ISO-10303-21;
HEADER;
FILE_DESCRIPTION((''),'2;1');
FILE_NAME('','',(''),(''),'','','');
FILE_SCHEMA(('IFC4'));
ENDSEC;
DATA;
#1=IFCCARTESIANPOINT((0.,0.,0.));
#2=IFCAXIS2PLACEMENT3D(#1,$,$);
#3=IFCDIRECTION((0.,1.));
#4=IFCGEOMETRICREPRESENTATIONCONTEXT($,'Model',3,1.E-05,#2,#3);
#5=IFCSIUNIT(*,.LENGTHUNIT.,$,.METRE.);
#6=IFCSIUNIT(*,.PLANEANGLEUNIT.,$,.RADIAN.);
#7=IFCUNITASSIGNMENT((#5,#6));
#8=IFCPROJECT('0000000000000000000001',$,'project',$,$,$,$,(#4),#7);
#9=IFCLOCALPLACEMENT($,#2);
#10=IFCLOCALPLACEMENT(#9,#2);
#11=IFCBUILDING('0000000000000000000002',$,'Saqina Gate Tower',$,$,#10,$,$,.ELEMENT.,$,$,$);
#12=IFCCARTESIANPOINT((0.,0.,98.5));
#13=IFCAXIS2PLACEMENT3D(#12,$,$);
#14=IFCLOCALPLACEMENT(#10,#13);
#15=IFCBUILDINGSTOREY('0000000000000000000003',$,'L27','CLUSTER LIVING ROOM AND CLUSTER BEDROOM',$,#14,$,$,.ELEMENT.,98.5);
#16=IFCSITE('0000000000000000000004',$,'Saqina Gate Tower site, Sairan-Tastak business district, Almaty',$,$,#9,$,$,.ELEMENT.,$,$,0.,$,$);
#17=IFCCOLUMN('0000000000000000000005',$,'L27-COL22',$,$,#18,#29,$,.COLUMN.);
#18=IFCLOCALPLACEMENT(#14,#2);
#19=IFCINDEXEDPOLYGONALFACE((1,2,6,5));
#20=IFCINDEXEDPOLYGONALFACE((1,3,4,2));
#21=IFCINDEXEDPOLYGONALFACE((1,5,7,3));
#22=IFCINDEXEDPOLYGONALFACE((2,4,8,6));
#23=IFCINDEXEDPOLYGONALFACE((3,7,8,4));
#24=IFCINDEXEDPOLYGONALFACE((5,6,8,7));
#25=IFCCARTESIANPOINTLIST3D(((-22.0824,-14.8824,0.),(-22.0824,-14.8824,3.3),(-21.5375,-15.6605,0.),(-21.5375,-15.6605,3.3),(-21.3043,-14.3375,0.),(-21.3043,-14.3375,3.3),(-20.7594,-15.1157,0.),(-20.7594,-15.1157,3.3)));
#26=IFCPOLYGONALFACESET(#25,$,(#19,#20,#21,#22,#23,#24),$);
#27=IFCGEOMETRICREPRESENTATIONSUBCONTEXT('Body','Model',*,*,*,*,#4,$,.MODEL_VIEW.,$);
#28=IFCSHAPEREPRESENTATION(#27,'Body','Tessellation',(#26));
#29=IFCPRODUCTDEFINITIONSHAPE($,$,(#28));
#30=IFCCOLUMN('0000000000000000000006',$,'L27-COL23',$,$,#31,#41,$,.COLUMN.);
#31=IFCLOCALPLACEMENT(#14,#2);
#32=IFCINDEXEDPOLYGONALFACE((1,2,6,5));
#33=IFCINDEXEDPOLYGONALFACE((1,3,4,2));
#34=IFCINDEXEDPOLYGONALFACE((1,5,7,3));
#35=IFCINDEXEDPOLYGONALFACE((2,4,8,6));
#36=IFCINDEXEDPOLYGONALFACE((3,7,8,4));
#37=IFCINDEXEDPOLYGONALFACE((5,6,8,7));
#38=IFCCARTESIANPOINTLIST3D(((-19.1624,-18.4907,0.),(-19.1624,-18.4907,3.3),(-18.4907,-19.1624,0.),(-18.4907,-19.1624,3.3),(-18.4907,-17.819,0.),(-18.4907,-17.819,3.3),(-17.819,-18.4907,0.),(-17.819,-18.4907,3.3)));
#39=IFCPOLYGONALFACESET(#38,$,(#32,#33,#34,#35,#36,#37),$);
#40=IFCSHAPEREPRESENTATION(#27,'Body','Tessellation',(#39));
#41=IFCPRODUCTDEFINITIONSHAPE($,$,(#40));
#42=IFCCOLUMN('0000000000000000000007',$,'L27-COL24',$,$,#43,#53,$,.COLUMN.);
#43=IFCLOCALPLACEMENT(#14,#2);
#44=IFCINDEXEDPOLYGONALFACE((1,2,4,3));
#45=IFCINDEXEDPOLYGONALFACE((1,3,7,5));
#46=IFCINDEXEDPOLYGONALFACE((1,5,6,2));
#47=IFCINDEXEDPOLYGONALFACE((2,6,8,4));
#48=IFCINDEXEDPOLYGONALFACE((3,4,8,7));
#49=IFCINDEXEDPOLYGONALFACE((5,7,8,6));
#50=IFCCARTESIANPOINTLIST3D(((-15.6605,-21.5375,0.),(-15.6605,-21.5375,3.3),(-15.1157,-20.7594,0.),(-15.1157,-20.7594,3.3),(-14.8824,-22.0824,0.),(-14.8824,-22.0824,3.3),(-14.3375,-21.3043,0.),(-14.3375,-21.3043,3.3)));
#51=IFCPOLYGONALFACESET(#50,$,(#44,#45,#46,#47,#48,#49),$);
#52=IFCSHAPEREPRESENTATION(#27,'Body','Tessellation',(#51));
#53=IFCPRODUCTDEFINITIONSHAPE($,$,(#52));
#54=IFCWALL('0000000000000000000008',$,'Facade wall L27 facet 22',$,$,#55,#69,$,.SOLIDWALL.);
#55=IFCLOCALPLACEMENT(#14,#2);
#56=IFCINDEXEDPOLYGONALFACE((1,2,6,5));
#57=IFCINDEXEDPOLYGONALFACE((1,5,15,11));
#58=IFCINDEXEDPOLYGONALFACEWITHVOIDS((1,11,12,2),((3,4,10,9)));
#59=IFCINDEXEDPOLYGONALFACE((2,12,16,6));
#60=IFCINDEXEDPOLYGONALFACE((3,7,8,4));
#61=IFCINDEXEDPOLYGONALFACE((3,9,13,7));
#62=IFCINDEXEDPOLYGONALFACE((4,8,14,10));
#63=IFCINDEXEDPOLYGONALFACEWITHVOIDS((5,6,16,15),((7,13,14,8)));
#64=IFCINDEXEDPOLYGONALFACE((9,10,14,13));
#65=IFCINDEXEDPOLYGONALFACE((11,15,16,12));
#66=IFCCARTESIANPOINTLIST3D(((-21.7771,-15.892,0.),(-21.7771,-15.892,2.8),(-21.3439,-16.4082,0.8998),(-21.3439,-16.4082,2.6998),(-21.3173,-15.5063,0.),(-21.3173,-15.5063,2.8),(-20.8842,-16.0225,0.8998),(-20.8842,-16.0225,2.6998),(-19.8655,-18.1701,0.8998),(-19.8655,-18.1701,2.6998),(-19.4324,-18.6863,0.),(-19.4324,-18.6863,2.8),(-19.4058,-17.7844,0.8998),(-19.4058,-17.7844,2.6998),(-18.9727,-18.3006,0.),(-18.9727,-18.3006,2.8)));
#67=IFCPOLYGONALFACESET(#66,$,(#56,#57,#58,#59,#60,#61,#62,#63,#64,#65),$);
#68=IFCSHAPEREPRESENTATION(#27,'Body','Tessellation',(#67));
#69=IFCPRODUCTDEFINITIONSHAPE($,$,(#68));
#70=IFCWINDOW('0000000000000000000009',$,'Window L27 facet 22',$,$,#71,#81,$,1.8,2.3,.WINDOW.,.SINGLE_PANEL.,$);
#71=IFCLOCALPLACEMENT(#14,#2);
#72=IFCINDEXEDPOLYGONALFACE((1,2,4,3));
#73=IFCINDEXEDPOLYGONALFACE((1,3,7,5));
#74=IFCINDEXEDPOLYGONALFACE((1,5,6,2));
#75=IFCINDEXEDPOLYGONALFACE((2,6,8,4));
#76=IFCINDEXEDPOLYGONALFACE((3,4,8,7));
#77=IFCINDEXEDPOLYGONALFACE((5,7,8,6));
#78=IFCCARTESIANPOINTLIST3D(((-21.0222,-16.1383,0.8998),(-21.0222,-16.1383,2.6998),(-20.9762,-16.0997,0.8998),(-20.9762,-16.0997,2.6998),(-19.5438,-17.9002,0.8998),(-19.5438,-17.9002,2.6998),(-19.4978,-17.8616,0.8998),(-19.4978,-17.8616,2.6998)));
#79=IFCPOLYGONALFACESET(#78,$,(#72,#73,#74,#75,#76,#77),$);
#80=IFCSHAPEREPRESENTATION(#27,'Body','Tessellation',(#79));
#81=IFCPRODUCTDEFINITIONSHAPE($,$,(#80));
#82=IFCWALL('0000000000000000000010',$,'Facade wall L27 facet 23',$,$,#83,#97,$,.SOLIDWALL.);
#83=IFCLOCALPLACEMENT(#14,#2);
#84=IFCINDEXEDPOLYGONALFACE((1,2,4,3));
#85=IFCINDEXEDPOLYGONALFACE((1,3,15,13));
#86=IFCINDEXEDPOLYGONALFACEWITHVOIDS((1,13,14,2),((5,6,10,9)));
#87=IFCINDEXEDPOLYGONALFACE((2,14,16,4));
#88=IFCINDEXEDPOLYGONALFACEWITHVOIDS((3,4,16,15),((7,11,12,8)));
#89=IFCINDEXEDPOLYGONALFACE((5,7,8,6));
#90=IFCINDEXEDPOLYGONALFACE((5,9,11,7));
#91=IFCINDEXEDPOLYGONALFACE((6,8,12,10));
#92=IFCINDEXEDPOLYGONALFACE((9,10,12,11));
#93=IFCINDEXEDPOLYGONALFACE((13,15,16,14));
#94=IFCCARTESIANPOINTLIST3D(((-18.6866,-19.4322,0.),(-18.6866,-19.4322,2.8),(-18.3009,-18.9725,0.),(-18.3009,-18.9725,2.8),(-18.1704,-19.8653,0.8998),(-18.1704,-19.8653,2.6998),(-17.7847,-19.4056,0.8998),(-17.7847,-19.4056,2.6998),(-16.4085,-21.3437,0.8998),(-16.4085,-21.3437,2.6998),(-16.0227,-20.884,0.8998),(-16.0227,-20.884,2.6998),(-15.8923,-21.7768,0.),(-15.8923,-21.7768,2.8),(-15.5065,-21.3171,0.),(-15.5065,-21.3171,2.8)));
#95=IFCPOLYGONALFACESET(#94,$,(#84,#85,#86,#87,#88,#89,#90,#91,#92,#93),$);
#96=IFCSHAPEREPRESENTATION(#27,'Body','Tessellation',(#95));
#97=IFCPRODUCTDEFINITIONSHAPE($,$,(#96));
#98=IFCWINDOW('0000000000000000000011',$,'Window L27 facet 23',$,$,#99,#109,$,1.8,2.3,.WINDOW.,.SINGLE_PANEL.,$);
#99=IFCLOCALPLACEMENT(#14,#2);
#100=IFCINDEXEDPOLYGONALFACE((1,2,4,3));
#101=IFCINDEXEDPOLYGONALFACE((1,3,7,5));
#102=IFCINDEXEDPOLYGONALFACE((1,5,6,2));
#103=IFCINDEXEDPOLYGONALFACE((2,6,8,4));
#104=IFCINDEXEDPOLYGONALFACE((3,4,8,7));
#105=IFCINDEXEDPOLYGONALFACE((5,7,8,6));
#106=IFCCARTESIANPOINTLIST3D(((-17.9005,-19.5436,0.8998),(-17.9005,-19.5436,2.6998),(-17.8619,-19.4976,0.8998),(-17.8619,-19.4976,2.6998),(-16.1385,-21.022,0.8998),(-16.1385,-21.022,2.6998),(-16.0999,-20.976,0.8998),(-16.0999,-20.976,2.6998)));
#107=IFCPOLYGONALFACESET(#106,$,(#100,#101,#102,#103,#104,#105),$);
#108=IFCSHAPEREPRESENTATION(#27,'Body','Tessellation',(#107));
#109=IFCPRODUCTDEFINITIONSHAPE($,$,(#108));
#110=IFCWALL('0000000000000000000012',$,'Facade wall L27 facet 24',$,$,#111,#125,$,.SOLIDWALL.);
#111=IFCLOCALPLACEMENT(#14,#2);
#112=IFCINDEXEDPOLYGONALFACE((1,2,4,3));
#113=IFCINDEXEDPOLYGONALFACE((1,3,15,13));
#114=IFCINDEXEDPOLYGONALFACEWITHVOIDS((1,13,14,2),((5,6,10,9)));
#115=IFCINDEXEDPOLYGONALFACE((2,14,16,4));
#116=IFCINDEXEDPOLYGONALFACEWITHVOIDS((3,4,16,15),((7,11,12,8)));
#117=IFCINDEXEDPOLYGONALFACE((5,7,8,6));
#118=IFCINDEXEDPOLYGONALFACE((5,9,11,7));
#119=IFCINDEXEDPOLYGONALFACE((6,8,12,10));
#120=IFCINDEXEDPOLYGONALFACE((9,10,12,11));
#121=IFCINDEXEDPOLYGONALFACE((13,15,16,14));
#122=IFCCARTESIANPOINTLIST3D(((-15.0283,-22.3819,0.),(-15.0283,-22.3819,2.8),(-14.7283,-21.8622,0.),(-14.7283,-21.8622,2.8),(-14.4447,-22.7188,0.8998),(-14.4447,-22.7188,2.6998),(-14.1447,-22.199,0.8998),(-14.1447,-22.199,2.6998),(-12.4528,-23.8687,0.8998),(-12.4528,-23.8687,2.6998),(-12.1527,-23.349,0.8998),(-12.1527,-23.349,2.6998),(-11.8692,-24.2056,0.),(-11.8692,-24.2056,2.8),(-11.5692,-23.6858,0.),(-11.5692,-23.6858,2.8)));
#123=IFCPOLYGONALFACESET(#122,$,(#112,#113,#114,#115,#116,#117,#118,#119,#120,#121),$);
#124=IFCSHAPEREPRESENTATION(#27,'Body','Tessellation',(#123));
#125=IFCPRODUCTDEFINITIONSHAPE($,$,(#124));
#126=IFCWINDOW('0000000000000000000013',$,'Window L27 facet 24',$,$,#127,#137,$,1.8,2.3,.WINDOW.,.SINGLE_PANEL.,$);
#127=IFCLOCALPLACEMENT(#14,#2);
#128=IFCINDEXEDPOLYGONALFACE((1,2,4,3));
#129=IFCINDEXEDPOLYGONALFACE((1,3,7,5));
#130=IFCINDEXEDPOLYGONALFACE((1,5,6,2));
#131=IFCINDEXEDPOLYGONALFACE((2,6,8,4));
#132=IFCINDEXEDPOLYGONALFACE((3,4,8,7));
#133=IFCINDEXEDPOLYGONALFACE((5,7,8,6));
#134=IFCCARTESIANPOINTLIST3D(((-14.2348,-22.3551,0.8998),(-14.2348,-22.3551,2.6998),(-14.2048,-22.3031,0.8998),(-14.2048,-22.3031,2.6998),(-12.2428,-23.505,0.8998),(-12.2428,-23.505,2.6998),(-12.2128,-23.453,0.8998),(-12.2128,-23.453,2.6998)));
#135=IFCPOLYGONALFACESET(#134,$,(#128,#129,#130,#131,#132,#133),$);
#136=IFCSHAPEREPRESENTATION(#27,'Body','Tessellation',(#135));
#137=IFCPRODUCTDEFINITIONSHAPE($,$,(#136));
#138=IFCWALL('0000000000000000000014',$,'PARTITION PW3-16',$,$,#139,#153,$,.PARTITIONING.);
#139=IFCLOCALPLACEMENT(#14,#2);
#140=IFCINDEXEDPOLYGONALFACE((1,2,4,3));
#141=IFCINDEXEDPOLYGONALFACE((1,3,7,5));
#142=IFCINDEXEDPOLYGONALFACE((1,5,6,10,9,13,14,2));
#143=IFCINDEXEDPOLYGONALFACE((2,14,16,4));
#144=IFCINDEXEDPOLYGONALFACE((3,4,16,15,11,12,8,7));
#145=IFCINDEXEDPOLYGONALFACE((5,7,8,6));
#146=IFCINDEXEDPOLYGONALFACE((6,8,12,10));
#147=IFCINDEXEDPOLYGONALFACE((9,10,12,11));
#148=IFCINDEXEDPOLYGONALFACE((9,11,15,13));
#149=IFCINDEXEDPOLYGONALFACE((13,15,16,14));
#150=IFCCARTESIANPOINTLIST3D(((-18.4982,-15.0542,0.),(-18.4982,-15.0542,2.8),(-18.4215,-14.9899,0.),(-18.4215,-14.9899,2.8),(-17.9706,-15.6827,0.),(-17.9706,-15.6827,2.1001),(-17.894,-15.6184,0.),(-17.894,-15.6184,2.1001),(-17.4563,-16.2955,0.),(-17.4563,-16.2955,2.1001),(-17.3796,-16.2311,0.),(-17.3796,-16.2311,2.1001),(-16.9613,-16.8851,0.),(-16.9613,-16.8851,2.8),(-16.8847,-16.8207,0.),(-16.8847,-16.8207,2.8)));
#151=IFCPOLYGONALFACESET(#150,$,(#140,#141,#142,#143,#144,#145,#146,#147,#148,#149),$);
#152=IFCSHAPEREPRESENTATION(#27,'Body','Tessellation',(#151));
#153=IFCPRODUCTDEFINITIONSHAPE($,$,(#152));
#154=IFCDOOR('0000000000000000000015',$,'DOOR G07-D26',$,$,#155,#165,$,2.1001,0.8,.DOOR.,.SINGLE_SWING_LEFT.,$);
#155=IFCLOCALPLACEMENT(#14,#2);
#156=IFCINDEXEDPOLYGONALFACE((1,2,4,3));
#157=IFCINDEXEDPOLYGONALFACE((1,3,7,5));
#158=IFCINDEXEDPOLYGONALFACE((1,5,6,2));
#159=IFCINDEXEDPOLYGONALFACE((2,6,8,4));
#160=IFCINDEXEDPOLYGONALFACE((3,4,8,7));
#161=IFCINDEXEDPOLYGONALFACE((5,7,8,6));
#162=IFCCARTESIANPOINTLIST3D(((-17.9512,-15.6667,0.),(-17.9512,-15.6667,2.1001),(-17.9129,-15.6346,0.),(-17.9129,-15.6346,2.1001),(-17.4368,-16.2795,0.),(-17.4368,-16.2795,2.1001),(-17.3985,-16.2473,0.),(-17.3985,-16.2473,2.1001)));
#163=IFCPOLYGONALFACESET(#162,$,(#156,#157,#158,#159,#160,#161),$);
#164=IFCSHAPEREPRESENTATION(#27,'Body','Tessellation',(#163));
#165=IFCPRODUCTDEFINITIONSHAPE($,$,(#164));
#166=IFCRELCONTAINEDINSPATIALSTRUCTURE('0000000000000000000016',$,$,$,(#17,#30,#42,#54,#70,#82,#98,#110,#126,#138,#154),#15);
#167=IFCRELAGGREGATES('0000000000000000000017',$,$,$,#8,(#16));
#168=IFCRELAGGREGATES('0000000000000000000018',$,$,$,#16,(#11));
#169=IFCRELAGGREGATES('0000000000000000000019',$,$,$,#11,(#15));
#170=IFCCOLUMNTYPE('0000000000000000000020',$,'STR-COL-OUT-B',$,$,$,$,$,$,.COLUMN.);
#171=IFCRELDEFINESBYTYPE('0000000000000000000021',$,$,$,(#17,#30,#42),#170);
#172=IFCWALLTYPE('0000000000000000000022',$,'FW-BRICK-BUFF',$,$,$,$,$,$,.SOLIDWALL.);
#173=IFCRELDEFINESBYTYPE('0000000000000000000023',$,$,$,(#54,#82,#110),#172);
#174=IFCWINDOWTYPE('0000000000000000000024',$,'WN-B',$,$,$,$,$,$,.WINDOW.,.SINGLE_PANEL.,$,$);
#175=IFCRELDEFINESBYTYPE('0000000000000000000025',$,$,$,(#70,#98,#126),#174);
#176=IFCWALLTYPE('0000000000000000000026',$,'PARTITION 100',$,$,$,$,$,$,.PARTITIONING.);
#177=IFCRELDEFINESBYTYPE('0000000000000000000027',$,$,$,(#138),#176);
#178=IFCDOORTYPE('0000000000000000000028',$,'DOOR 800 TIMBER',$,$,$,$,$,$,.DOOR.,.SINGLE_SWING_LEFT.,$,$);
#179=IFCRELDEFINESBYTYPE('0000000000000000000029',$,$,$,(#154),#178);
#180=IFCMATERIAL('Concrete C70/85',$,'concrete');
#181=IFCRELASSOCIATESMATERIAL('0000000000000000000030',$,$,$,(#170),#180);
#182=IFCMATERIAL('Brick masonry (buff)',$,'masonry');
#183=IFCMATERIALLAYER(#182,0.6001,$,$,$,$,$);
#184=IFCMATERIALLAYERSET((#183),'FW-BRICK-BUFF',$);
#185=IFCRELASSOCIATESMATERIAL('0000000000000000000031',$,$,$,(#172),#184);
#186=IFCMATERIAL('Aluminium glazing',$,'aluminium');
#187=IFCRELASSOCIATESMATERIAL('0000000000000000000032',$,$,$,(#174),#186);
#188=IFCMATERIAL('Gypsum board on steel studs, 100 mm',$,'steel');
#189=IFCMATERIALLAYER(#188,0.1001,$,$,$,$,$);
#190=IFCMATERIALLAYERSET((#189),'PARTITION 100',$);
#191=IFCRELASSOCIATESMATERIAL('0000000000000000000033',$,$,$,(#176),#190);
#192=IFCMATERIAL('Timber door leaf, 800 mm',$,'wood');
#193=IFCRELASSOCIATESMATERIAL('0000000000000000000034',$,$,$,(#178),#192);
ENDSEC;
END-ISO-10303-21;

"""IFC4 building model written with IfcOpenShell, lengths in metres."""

from ifc_helpers import new_model, si_unit, direction, frame, frame_2d, origin, origin_2d, place, context, subcontext, project, spatial, rectangle, extrude, material, layer, layer_set, material_profile, profile_set, type_object, element, fill, save


model = new_model("IFC4")

# Units and contexts
model_context = context("Model", 3, precision=1e-05, world=origin(), true_north=direction((0.0, 1.0)))
body_context = subcontext(model_context, "Body", "Model", "MODEL_VIEW")
ifc_project = project(units=[si_unit("LENGTHUNIT", "METRE"), si_unit("PLANEANGLEUNIT", "RADIAN")], contexts=[model_context])

# Site, building, storey
site_placement = place(None, origin())
site = spatial("IfcSite", under=ifc_project, at=site_placement, Name="Saqina Gate Tower site, Sairan-Tastak business district, Almaty", CompositionType="ELEMENT", RefElevation=0.0)
building_placement = place(site_placement, origin())
building = spatial("IfcBuilding", under=site, at=building_placement, Name="Saqina Gate Tower", CompositionType="ELEMENT")
storey_placement = place(building_placement, frame((0.0, 0.0, 98.5)))
storey = spatial("IfcBuildingStorey", under=building, at=storey_placement, Name="L27", Description="CLUSTER LIVING ROOM AND CLUSTER BEDROOM", CompositionType="ELEMENT", Elevation=98.5)

# Columns
ifc_material_1 = material(Name="Concrete C70/85", Category="concrete")
ifc_material_profile = material_profile(ifc_material_1, rectangle(XDim=0.95, YDim=0.95, at=origin_2d()), Name="RC 950x950")
ifc_profile_set = profile_set([ifc_material_profile], Name="Concrete C70/85")
column_type = type_object("IfcColumnType", Name="STR-COL-OUT-B", PredefinedType="COLUMN", material=ifc_profile_set)
for number, where, z_axis, x_axis, name in (
    (1, (-21.4209, -14.999, 0.0), (0.0, 0.0, 1.0), (-0.819152, -0.573576, 0.0), "L27-COL22"),
    (2, (-18.4907, -18.4907, 0.0), (0.0, 0.0, 1.0), (-0.707107, -0.707107, 0.0), "L27-COL23"),
    (3, (-14.999, -21.4209, 0.0), (0.0, 0.0, 1.0), (-0.573576, -0.819152, 0.0), "L27-COL24"),
):
    element("IfcColumn", number, at=place(storey_placement, frame(where, z_axis=z_axis, x_axis=x_axis)), inside=storey, type_object=column_type, Name=name, PredefinedType="COLUMN", context=body_context, shape_type="SweptSolid", body=[
        extrude(rectangle(XDim=0.95, YDim=0.95, at=origin_2d()), origin(), (0.0, 0.0, 1.0), 3.3),
    ])

# Walls, openings, windows
ifc_material_2 = material(Name="Brick masonry (buff)", Category="masonry")
ifc_layer_1 = layer(ifc_material_2, 0.6001)
ifc_layer_set_1 = layer_set([ifc_layer_1], Name="FW-BRICK-BUFF")
wall_type_1 = type_object("IfcWallType", Name="FW-BRICK-BUFF", PredefinedType="SOLIDWALL", material=ifc_layer_set_1)
wall_1_placement = place(storey_placement, frame((-21.5471, -15.6992, 0.0), z_axis=(0.0, 0.0, 1.0), x_axis=(0.642774, -0.766055, 0.0)))
wall_1 = element("IfcWall", 4, at=wall_1_placement, inside=storey, type_object=wall_type_1, Name="Facade wall L27 facet 22", PredefinedType="SOLIDWALL", context=body_context, shape_type="SweptSolid", body=[
    extrude(rectangle(XDim=3.6477, YDim=0.6001, at=frame_2d((1.8237, 0.0))), origin(), (0.0, 0.0, 1.0), 2.8),
])
opening_1_placement = place(wall_1_placement, frame((0.6738, 0.0, 0.8999)))
opening_1 = element("IfcOpeningElement", 5, at=opening_1_placement, cuts=wall_1, PredefinedType="OPENING", context=body_context, shape_type="SweptSolid", body=[
    extrude(rectangle(XDim=2.3, YDim=1.8, at=frame_2d((1.1499, 0.8999))), frame((0.0, 0.312, 0.0), z_axis=(0.0, -1.0, 0.0), x_axis=(1.0, 0.0, 0.0)), (0.0, 0.0, 1.0), 0.624),
])
ifc_material_3 = material(Name="Aluminium glazing", Category="aluminium")
window_type = type_object("IfcWindowType", Name="WN-B", PartitioningType="SINGLE_PANEL", PredefinedType="WINDOW", material=ifc_material_3)
window_1_placement = place(opening_1_placement, origin())
window_1 = element("IfcWindow", 6, at=window_1_placement, inside=storey, type_object=window_type, Name="Window L27 facet 22", OverallHeight=1.8, OverallWidth=2.3, PartitioningType="SINGLE_PANEL", PredefinedType="WINDOW", context=body_context, shape_type="SweptSolid", body=[
    extrude(rectangle(XDim=2.3, YDim=1.8, at=frame_2d((1.1499, 0.8999))), frame((0.0, 0.1799, 0.0), z_axis=(0.0, -1.0, 0.0), x_axis=(1.0, 0.0, 0.0)), (0.0, 0.0, 1.0), 0.0601),
])
fill(opening_1, window_1)
wall_2_placement = place(storey_placement, frame((-18.4937, -19.2024, 0.0), z_axis=(0.0, 0.0, 1.0), x_axis=(0.766055, -0.642774, 0.0)))
wall_2 = element("IfcWall", 7, at=wall_2_placement, inside=storey, type_object=wall_type_1, Name="Facade wall L27 facet 23", PredefinedType="SOLIDWALL", context=body_context, shape_type="SweptSolid", body=[
    extrude(rectangle(XDim=3.6477, YDim=0.6001, at=frame_2d((1.8237, 0.0))), origin(), (0.0, 0.0, 1.0), 2.8),
])
opening_2_placement = place(wall_2_placement, frame((0.6738, 0.0, 0.8999)))
opening_2 = element("IfcOpeningElement", 8, at=opening_2_placement, cuts=wall_2, PredefinedType="OPENING", context=body_context, shape_type="SweptSolid", body=[
    extrude(rectangle(XDim=2.3, YDim=1.8, at=frame_2d((1.1499, 0.8999))), frame((0.0, 0.312, 0.0), z_axis=(0.0, -1.0, 0.0), x_axis=(1.0, 0.0, 0.0)), (0.0, 0.0, 1.0), 0.624),
])
window_2_placement = place(opening_2_placement, origin())
window_2 = element("IfcWindow", 9, at=window_2_placement, inside=storey, type_object=window_type, Name="Window L27 facet 23", OverallHeight=1.8, OverallWidth=2.3, PartitioningType="SINGLE_PANEL", PredefinedType="WINDOW", context=body_context, shape_type="SweptSolid", body=[
    extrude(rectangle(XDim=2.3, YDim=1.8, at=frame_2d((1.1499, 0.8999))), frame((0.0, 0.1799, 0.0), z_axis=(0.0, -1.0, 0.0), x_axis=(1.0, 0.0, 0.0)), (0.0, 0.0, 1.0), 0.0601),
])
fill(opening_2, window_2)
wall_3_placement = place(storey_placement, frame((-14.8782, -22.1221, 0.0), z_axis=(0.0, 0.0, 1.0), x_axis=(0.866052, -0.499954, 0.0)))
wall_3 = element("IfcWall", 10, at=wall_3_placement, inside=storey, type_object=wall_type_1, Name="Facade wall L27 facet 24", PredefinedType="SOLIDWALL", context=body_context, shape_type="SweptSolid", body=[
    extrude(rectangle(XDim=3.6477, YDim=0.6001, at=frame_2d((1.8237, 0.0))), origin(), (0.0, 0.0, 1.0), 2.8),
])
opening_3_placement = place(wall_3_placement, frame((0.6738, 0.0, 0.8999)))
opening_3 = element("IfcOpeningElement", 11, at=opening_3_placement, cuts=wall_3, PredefinedType="OPENING", context=body_context, shape_type="SweptSolid", body=[
    extrude(rectangle(XDim=2.3, YDim=1.8, at=frame_2d((1.1499, 0.8999))), frame((0.0, 0.312, 0.0), z_axis=(0.0, -1.0, 0.0), x_axis=(1.0, 0.0, 0.0)), (0.0, 0.0, 1.0), 0.624),
])
window_3_placement = place(opening_3_placement, origin())
window_3 = element("IfcWindow", 12, at=window_3_placement, inside=storey, type_object=window_type, Name="Window L27 facet 24", OverallHeight=1.8, OverallWidth=2.3, PartitioningType="SINGLE_PANEL", PredefinedType="WINDOW", context=body_context, shape_type="SweptSolid", body=[
    extrude(rectangle(XDim=2.3, YDim=1.8, at=frame_2d((1.1499, 0.8999))), frame((0.0, 0.1799, 0.0), z_axis=(0.0, -1.0, 0.0), x_axis=(1.0, 0.0, 0.0)), (0.0, 0.0, 1.0), 0.0601),
])
fill(opening_3, window_3)

# Wall, opening, door
ifc_material_4 = material(Name="Gypsum board on steel studs, 100 mm", Category="steel")
ifc_layer_2 = layer(ifc_material_4, 0.1001)
ifc_layer_set_2 = layer_set([ifc_layer_2], Name="PARTITION 100")
wall_type_2 = type_object("IfcWallType", Name="PARTITION 100", PredefinedType="PARTITIONING", material=ifc_layer_set_2)
wall_4_placement = place(storey_placement, frame((-18.46, -15.022, 0.0), z_axis=(0.0, 0.0, 1.0), x_axis=(0.642943, -0.765914, 0.0)))
wall_4 = element("IfcWall", 13, at=wall_4_placement, inside=storey, type_object=wall_type_2, Name="PARTITION PW3-16", PredefinedType="PARTITIONING", context=body_context, shape_type="SweptSolid", body=[
    extrude(rectangle(XDim=2.3904, YDim=0.1001, at=frame_2d((1.1953, 0.0))), origin(), (0.0, 0.0, 1.0), 2.8),
])
opening_4_placement = place(wall_4_placement, frame((0.8208, 0.0, 0.0)))
opening_4 = element("IfcOpeningElement", 14, at=opening_4_placement, cuts=wall_4, PredefinedType="OPENING", context=body_context, shape_type="SweptSolid", body=[
    extrude(rectangle(XDim=0.8, YDim=2.1001, at=frame_2d((0.3999, 1.05))), frame((0.0, 0.062, 0.0), z_axis=(0.0, -1.0, 0.0), x_axis=(1.0, 0.0, 0.0)), (0.0, 0.0, 1.0), 0.124),
])
ifc_material_5 = material(Name="Timber door leaf, 800 mm", Category="wood")
door_type_1 = type_object("IfcDoorType", Name="DOOR 800 TIMBER", OperationType="SINGLE_SWING_LEFT", PredefinedType="DOOR", material=ifc_material_5)
door_1_placement = place(opening_4_placement, frame((0.8, 0.0, 0.0), z_axis=(0.0, 0.0, 1.0), x_axis=(-1.0, 0.0, 0.0)))
door_1 = element("IfcDoor", 15, at=door_1_placement, inside=storey, type_object=door_type_1, Name="DOOR G07-D26", OperationType="SINGLE_SWING_LEFT", OverallHeight=2.1001, OverallWidth=0.8, PredefinedType="DOOR", context=body_context, shape_type="SweptSolid", body=[
    extrude(rectangle(XDim=0.8, YDim=2.1001, at=frame_2d((0.3999, 1.05))), frame((0.0, 0.0249, 0.0), z_axis=(0.0, -1.0, 0.0), x_axis=(1.0, 0.0, 0.0)), (0.0, 0.0, 1.0), 0.05),
])
fill(opening_4, door_1)

save(model, "model.ifc")
